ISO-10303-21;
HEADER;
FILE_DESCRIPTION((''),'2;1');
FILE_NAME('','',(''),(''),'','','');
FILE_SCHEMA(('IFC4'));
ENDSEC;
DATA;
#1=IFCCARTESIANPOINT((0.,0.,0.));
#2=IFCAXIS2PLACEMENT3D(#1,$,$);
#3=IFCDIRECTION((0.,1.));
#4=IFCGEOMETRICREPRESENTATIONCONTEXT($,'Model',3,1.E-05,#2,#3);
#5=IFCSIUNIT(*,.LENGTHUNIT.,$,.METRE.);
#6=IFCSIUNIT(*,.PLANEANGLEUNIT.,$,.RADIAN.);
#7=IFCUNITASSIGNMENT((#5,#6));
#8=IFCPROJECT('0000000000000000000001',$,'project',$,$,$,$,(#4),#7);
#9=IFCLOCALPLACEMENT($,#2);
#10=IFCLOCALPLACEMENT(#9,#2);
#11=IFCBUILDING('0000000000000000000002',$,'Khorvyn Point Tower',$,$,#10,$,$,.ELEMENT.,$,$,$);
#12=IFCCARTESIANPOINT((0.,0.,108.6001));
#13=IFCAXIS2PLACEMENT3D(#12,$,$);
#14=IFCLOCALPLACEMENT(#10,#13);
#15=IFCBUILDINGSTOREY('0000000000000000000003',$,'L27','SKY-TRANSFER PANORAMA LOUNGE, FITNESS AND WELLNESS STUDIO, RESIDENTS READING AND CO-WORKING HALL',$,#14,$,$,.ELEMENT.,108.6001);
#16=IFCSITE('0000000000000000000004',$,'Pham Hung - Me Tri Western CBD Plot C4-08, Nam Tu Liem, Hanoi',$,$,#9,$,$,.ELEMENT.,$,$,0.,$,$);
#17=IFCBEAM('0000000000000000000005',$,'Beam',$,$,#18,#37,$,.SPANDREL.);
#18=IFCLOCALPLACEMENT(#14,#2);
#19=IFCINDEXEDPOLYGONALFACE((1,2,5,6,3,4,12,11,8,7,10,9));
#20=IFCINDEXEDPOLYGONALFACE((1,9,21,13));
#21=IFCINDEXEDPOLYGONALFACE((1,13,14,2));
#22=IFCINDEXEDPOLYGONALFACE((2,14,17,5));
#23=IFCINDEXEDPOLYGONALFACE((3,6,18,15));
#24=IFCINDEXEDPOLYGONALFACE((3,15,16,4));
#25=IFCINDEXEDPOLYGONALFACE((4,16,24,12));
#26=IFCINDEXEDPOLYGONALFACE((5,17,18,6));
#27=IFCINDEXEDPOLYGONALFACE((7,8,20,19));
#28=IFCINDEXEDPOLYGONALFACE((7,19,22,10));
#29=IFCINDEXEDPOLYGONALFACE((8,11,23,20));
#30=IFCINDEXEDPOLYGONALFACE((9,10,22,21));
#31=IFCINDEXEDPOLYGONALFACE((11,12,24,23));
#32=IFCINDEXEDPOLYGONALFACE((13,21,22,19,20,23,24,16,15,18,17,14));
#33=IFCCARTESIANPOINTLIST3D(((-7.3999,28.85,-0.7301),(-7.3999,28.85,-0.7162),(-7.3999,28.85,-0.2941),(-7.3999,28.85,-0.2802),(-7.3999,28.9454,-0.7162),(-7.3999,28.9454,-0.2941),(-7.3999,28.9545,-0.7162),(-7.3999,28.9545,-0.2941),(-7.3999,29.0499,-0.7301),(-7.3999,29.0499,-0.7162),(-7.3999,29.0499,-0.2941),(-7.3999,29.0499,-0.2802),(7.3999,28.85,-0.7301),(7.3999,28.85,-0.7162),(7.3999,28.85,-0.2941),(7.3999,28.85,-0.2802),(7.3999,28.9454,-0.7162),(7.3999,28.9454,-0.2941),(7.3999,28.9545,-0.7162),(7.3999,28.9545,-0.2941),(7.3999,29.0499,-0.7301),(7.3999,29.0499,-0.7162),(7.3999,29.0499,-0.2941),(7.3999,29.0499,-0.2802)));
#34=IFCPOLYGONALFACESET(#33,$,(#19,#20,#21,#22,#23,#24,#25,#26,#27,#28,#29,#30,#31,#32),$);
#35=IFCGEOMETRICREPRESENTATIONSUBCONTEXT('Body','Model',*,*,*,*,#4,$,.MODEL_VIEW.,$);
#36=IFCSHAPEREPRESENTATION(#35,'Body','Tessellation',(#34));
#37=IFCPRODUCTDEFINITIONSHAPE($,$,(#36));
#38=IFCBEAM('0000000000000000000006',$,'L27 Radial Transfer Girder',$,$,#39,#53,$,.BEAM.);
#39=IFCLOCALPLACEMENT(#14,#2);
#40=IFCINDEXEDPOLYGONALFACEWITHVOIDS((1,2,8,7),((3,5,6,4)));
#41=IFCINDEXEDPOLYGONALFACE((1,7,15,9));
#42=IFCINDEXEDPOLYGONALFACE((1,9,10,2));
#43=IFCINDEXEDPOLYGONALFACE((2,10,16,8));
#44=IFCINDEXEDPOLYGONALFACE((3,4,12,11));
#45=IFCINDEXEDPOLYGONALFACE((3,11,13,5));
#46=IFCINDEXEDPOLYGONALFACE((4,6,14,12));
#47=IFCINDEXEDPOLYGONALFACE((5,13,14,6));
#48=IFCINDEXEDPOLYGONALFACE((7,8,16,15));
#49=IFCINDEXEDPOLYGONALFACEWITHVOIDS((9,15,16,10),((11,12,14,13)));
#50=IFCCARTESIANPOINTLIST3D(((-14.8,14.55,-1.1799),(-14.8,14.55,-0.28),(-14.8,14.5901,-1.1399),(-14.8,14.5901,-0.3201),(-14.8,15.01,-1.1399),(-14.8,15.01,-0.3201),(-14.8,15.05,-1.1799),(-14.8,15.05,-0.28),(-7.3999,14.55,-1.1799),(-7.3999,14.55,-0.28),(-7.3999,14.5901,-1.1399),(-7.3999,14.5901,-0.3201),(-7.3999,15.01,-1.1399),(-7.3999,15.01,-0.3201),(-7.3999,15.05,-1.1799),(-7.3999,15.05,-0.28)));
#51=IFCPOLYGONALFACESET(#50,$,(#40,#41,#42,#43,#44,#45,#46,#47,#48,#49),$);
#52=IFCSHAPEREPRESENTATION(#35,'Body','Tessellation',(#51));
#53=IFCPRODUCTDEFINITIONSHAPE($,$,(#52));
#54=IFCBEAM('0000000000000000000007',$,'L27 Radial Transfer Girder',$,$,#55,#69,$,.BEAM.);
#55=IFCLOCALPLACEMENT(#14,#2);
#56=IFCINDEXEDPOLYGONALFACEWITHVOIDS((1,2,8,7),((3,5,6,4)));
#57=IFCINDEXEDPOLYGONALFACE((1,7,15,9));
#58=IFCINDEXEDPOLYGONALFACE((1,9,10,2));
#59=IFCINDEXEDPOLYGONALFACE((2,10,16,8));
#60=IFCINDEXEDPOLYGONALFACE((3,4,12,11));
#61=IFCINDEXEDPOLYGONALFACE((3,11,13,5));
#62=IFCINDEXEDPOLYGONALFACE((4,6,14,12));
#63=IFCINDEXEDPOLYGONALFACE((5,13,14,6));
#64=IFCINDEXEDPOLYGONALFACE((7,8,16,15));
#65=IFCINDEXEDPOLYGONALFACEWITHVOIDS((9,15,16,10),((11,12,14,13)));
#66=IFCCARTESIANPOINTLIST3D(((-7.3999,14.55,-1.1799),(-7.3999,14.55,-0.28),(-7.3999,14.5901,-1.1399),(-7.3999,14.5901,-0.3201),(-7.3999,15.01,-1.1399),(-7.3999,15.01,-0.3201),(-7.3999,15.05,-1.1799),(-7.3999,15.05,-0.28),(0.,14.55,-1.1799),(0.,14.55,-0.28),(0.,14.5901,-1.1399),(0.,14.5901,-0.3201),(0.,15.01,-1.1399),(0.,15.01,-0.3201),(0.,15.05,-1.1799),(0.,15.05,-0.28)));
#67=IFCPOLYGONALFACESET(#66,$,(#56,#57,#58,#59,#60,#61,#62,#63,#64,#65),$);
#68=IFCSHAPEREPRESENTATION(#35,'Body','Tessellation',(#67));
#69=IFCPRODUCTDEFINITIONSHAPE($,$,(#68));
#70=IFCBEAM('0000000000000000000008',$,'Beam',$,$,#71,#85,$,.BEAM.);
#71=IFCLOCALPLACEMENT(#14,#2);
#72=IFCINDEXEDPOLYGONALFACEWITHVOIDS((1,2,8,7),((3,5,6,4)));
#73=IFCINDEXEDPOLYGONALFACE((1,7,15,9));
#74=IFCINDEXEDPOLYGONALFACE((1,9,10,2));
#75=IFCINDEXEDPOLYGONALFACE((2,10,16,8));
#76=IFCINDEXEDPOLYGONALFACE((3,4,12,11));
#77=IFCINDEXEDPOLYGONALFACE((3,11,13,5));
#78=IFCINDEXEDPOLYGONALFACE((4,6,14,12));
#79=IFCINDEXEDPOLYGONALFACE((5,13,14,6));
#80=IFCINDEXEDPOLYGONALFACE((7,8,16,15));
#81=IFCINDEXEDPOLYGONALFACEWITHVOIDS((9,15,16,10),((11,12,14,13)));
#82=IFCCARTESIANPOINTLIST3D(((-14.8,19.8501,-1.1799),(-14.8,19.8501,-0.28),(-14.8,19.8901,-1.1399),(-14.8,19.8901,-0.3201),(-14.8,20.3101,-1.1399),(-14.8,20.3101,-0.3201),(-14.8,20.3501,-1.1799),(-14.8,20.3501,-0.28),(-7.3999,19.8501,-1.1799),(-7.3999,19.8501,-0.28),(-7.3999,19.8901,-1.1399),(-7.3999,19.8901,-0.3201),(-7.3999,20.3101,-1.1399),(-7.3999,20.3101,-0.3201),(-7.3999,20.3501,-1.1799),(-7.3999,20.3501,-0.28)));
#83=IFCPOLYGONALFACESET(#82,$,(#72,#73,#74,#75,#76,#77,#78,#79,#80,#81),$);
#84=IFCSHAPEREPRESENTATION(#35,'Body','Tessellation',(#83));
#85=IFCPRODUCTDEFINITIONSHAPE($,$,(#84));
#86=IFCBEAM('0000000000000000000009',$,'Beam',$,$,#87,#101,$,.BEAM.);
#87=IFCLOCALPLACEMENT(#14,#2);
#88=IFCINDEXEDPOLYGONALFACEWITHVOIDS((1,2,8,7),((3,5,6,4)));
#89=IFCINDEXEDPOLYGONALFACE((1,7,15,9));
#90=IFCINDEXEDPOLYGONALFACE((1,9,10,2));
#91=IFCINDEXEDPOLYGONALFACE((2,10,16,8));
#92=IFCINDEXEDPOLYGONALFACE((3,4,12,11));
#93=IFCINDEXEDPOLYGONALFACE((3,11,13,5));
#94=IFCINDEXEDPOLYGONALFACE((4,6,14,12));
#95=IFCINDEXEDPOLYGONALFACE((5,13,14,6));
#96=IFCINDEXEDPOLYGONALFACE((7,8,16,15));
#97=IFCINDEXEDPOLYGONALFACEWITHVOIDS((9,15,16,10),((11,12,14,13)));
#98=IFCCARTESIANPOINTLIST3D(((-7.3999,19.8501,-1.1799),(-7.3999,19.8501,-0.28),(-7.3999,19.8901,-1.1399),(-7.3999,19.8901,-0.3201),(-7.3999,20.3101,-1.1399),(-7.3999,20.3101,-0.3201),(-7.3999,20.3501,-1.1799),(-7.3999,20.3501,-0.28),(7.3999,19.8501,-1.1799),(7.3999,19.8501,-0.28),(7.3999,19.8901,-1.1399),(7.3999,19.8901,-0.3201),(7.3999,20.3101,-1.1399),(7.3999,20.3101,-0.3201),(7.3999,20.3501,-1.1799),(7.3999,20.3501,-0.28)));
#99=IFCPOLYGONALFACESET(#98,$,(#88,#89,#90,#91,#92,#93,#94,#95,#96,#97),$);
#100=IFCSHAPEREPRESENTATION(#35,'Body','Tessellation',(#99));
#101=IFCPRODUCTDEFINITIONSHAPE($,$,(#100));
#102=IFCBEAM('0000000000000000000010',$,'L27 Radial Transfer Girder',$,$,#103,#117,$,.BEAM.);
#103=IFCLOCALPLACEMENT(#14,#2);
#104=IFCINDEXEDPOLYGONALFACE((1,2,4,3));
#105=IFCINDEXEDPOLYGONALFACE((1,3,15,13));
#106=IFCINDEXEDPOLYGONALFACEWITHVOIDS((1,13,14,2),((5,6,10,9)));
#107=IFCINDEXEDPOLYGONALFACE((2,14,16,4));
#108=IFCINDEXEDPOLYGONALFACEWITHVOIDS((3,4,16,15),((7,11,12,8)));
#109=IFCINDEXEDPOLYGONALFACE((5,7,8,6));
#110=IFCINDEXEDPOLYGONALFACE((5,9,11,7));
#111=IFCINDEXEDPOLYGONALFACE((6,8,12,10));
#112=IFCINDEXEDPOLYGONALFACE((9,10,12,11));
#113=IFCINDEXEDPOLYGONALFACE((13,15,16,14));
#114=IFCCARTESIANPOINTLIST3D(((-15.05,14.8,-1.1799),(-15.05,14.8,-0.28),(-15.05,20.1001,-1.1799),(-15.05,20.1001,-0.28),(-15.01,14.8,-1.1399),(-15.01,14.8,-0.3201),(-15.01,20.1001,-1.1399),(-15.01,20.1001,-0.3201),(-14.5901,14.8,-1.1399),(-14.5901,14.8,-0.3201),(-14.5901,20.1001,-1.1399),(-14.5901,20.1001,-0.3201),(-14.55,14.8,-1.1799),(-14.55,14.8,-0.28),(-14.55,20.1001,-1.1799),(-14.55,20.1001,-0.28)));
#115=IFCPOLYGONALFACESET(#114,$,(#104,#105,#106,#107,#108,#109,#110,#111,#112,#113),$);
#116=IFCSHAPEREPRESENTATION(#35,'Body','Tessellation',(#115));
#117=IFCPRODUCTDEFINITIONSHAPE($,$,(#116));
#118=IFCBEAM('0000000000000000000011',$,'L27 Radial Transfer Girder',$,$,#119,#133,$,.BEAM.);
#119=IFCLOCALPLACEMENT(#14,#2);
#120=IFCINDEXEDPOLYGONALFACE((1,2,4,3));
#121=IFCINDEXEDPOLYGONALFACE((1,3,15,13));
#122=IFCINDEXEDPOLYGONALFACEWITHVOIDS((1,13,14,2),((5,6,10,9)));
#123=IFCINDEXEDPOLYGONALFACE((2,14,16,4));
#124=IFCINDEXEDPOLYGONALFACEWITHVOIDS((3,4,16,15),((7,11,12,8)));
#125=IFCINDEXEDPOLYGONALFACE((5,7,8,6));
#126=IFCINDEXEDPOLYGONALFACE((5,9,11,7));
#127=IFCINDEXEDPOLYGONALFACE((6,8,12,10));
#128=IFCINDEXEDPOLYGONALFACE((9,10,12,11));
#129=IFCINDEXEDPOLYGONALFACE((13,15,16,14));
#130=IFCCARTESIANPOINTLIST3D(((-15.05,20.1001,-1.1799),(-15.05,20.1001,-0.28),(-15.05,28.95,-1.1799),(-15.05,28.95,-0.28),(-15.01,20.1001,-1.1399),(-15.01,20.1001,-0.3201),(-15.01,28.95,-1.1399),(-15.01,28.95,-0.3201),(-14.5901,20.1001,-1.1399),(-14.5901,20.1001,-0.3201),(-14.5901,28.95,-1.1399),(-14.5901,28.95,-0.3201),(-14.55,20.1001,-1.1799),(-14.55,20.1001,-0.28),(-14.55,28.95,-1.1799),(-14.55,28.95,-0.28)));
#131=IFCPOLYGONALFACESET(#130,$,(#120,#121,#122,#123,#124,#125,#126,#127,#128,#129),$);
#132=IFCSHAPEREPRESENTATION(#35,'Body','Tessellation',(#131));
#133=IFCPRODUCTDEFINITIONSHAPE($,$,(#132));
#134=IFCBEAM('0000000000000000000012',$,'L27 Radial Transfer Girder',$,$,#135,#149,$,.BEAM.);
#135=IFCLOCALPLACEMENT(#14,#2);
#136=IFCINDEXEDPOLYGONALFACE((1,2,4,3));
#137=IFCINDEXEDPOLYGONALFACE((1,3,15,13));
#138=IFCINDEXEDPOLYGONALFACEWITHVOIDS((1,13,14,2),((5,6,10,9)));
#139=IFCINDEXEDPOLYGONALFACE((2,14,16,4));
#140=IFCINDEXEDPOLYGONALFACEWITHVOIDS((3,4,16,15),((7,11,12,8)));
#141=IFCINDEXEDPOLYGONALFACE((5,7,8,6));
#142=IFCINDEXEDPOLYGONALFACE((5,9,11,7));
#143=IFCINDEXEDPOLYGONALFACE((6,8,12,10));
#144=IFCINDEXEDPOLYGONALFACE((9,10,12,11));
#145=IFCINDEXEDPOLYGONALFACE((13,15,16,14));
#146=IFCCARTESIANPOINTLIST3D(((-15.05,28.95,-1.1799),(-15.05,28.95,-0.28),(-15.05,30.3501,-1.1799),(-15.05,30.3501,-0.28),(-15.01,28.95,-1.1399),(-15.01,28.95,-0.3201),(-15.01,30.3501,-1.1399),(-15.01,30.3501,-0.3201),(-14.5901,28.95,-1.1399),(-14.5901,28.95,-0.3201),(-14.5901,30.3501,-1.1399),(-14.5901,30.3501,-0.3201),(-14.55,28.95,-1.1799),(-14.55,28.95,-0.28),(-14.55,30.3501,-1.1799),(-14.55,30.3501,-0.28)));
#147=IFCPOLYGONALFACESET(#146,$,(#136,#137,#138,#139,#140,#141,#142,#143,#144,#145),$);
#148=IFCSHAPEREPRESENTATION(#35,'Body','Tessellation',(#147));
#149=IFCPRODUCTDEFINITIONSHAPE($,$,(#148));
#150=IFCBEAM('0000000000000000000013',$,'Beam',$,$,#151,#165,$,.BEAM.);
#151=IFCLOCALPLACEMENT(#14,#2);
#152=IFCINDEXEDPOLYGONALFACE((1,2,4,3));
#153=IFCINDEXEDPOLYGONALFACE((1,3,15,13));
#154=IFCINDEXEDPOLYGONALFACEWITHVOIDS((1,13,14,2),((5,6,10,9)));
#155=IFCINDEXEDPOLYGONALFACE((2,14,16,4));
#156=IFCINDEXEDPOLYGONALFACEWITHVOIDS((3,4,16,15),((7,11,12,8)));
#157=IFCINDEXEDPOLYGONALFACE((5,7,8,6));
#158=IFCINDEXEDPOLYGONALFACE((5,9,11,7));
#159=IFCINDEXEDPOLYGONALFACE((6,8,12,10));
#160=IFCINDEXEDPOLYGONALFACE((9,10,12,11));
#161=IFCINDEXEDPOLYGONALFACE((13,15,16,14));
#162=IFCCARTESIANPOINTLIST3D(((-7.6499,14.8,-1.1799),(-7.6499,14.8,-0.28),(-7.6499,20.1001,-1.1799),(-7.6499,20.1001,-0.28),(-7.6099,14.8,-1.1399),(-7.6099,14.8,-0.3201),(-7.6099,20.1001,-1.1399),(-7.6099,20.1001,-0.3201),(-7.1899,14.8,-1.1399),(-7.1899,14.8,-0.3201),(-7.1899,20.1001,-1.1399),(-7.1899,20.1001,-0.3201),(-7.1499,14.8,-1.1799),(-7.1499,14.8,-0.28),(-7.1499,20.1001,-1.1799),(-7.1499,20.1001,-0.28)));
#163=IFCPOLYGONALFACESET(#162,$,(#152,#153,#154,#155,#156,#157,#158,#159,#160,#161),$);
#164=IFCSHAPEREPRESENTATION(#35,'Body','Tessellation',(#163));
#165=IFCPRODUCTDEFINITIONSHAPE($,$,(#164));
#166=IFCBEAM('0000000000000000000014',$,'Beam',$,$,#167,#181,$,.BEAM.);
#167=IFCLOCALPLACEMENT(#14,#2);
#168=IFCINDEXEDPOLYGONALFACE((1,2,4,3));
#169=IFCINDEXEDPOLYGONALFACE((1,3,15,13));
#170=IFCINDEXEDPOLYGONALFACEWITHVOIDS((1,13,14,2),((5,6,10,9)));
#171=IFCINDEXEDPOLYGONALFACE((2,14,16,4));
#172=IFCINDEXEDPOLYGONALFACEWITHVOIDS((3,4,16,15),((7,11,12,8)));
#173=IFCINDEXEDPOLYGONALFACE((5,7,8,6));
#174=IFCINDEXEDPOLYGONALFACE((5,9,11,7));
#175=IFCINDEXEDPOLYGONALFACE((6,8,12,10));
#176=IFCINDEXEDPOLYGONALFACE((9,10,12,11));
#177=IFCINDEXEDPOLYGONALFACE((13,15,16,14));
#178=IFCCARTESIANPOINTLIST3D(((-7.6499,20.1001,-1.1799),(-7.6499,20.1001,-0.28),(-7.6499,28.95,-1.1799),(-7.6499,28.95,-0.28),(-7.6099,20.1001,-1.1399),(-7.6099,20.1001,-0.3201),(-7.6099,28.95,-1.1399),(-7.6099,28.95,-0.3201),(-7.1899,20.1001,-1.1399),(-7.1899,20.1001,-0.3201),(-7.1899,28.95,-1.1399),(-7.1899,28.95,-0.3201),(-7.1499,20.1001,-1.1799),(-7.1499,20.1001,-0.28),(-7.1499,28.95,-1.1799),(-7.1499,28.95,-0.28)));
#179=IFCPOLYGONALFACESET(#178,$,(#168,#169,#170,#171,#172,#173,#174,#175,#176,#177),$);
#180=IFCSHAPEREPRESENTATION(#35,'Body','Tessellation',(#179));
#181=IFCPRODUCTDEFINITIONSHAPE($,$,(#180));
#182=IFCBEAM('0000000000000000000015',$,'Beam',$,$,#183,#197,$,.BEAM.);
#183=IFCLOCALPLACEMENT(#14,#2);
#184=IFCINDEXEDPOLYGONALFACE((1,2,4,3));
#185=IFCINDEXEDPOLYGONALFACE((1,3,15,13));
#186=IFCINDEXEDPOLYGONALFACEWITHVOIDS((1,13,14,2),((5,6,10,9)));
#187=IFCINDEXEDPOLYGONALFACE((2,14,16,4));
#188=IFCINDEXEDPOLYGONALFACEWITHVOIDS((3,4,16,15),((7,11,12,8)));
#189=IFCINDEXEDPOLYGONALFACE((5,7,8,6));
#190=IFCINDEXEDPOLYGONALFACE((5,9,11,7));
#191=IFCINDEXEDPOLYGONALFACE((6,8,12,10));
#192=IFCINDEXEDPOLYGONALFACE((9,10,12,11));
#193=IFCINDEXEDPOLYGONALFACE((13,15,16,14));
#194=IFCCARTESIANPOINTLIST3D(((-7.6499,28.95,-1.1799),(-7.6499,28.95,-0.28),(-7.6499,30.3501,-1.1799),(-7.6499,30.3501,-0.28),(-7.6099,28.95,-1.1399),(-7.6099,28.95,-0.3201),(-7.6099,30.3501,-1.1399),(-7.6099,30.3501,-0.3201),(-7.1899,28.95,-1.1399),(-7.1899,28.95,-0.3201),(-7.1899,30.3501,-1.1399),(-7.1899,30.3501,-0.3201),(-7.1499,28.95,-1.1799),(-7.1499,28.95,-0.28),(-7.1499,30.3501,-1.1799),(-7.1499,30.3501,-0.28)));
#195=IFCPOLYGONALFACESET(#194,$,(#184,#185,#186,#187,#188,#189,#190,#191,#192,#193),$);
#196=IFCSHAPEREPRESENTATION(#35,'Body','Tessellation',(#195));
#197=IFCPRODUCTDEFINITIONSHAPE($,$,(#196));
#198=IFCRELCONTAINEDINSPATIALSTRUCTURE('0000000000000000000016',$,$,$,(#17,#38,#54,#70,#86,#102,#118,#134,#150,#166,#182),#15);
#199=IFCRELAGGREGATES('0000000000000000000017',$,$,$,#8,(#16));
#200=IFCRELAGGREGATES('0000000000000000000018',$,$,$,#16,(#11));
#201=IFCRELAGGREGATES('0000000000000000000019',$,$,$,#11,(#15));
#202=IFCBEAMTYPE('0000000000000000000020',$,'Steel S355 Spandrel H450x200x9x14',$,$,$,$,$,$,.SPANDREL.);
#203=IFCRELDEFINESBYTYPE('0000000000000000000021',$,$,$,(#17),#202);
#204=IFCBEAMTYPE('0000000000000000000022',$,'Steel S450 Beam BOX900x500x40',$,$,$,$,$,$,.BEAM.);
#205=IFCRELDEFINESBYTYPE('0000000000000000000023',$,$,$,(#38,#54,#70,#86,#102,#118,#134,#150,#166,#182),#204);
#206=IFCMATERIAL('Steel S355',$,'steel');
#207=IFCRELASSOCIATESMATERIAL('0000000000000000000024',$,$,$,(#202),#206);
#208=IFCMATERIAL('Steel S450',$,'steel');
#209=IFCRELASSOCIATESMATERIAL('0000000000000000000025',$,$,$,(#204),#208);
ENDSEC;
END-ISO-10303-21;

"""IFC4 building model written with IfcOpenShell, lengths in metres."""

from ifc_helpers import new_model, si_unit, direction, frame, origin, origin_2d, place, context, subcontext, project, spatial, hollow_rectangle, i_section, extrude, material, material_profile, profile_set, type_object, element, save


model = new_model("IFC4")

# Units and contexts
model_context = context("Model", 3, precision=1e-05, world=origin(), true_north=direction((0.0, 1.0)))
body_context = subcontext(model_context, "Body", "Model", "MODEL_VIEW")
ifc_project = project(units=[si_unit("LENGTHUNIT", "METRE"), si_unit("PLANEANGLEUNIT", "RADIAN")], contexts=[model_context])

# Site, building, storey
site_placement = place(None, origin())
site = spatial("IfcSite", under=ifc_project, at=site_placement, Name="Pham Hung - Me Tri Western CBD Plot C4-08, Nam Tu Liem, Hanoi", CompositionType="ELEMENT", RefElevation=0.0)
building_placement = place(site_placement, origin())
building = spatial("IfcBuilding", under=site, at=building_placement, Name="Khorvyn Point Tower", CompositionType="ELEMENT")
storey_placement = place(building_placement, frame((0.0, 0.0, 108.6001)))
storey = spatial("IfcBuildingStorey", under=building, at=storey_placement, Name="L27", Description="SKY-TRANSFER PANORAMA LOUNGE, FITNESS AND WELLNESS STUDIO, RESIDENTS READING AND CO-WORKING HALL", CompositionType="ELEMENT", Elevation=108.6001)

# Shared definitions
ifc_material_1 = material(Name="Steel S450", Category="steel")

# Beams
ifc_material_2 = material(Name="Steel S355", Category="steel")
ifc_material_profile_1 = material_profile(ifc_material_2, i_section(OverallWidth=0.2, OverallDepth=0.45, WebThickness=0.009, FlangeThickness=0.0139, at=origin_2d()))
ifc_profile_set_1 = profile_set([ifc_material_profile_1], Name="Steel S355 H450x200x9x14")
beam_type_1 = type_object("IfcBeamType", Name="Steel S355 Spandrel H450x200x9x14", PredefinedType="SPANDREL", material=ifc_profile_set_1)
beam_1_placement = place(storey_placement, frame((-7.3999, 28.95, -0.5051), z_axis=(1.0, 0.0, 0.0), x_axis=(0.0, 1.0, 0.0)))
element("IfcBeam", 1, at=beam_1_placement, inside=storey, type_object=beam_type_1, Name="Beam", PredefinedType="SPANDREL", context=body_context, shape_type="SweptSolid", body=[
    extrude(i_section(OverallWidth=0.2, OverallDepth=0.45, WebThickness=0.009, FlangeThickness=0.0139, at=origin_2d()), origin(), (0.0, 0.0, 1.0), 14.7998),
])
ifc_material_profile_2 = material_profile(ifc_material_1, hollow_rectangle(XDim=0.5, YDim=0.8999, WallThickness=0.04, at=origin_2d()))
ifc_profile_set_2 = profile_set([ifc_material_profile_2], Name="Steel S450 BOX900x500x40")
beam_type_2 = type_object("IfcBeamType", Name="Steel S450 Beam BOX900x500x40", PredefinedType="BEAM", material=ifc_profile_set_2)
beam_2_placement = place(storey_placement, frame((-14.8, 14.8, -0.73), z_axis=(1.0, 0.0, 0.0), x_axis=(0.0, 1.0, 0.0)))
element("IfcBeam", 2, at=beam_2_placement, inside=storey, type_object=beam_type_2, Name="L27 Radial Transfer Girder", PredefinedType="BEAM", context=body_context, shape_type="SweptSolid", body=[
    extrude(hollow_rectangle(XDim=0.5, YDim=0.8999, WallThickness=0.04, at=origin_2d()), origin(), (0.0, 0.0, 1.0), 7.4001),
])
beam_3_placement = place(storey_placement, frame((-7.3999, 14.8, -0.73), z_axis=(1.0, 0.0, 0.0), x_axis=(0.0, 1.0, 0.0)))
element("IfcBeam", 3, at=beam_3_placement, inside=storey, type_object=beam_type_2, Name="L27 Radial Transfer Girder", PredefinedType="BEAM", context=body_context, shape_type="SweptSolid", body=[
    extrude(hollow_rectangle(XDim=0.5, YDim=0.8999, WallThickness=0.04, at=origin_2d()), origin(), (0.0, 0.0, 1.0), 7.3999),
])
beam_4_placement = place(storey_placement, frame((-14.8, 20.1001, -0.73), z_axis=(1.0, 0.0, 0.0), x_axis=(0.0, 1.0, 0.0)))
element("IfcBeam", 4, at=beam_4_placement, inside=storey, type_object=beam_type_2, Name="Beam", PredefinedType="BEAM", context=body_context, shape_type="SweptSolid", body=[
    extrude(hollow_rectangle(XDim=0.5, YDim=0.8999, WallThickness=0.04, at=origin_2d()), origin(), (0.0, 0.0, 1.0), 7.4001),
])
beam_5_placement = place(storey_placement, frame((-7.3999, 20.1001, -0.73), z_axis=(1.0, 0.0, 0.0), x_axis=(0.0, 1.0, 0.0)))
element("IfcBeam", 5, at=beam_5_placement, inside=storey, type_object=beam_type_2, Name="Beam", PredefinedType="BEAM", context=body_context, shape_type="SweptSolid", body=[
    extrude(hollow_rectangle(XDim=0.5, YDim=0.8999, WallThickness=0.04, at=origin_2d()), origin(), (0.0, 0.0, 1.0), 14.7998),
])
beam_6_placement = place(storey_placement, frame((-14.8, 14.8, -0.73), z_axis=(0.0, 1.0, 0.0), x_axis=(-1.0, 0.0, 0.0)))
element("IfcBeam", 6, at=beam_6_placement, inside=storey, type_object=beam_type_2, Name="L27 Radial Transfer Girder", PredefinedType="BEAM", context=body_context, shape_type="SweptSolid", body=[
    extrude(hollow_rectangle(XDim=0.5, YDim=0.8999, WallThickness=0.04, at=origin_2d()), origin(), (0.0, 0.0, 1.0), 5.3),
])
beam_7_placement = place(storey_placement, frame((-14.8, 20.1001, -0.73), z_axis=(0.0, 1.0, 0.0), x_axis=(-1.0, 0.0, 0.0)))
element("IfcBeam", 7, at=beam_7_placement, inside=storey, type_object=beam_type_2, Name="L27 Radial Transfer Girder", PredefinedType="BEAM", context=body_context, shape_type="SweptSolid", body=[
    extrude(hollow_rectangle(XDim=0.5, YDim=0.8999, WallThickness=0.04, at=origin_2d()), origin(), (0.0, 0.0, 1.0), 8.8499),
])
beam_8_placement = place(storey_placement, frame((-14.8, 28.95, -0.73), z_axis=(0.0, 1.0, 0.0), x_axis=(-1.0, 0.0, 0.0)))
element("IfcBeam", 8, at=beam_8_placement, inside=storey, type_object=beam_type_2, Name="L27 Radial Transfer Girder", PredefinedType="BEAM", context=body_context, shape_type="SweptSolid", body=[
    extrude(hollow_rectangle(XDim=0.5, YDim=0.8999, WallThickness=0.04, at=origin_2d()), origin(), (0.0, 0.0, 1.0), 1.4001),
])
beam_9_placement = place(storey_placement, frame((-7.3999, 14.8, -0.73), z_axis=(0.0, 1.0, 0.0), x_axis=(-1.0, 0.0, 0.0)))
element("IfcBeam", 9, at=beam_9_placement, inside=storey, type_object=beam_type_2, Name="Beam", PredefinedType="BEAM", context=body_context, shape_type="SweptSolid", body=[
    extrude(hollow_rectangle(XDim=0.5, YDim=0.8999, WallThickness=0.04, at=origin_2d()), origin(), (0.0, 0.0, 1.0), 5.3),
])
beam_10_placement = place(storey_placement, frame((-7.3999, 20.1001, -0.73), z_axis=(0.0, 1.0, 0.0), x_axis=(-1.0, 0.0, 0.0)))
element("IfcBeam", 10, at=beam_10_placement, inside=storey, type_object=beam_type_2, Name="Beam", PredefinedType="BEAM", context=body_context, shape_type="SweptSolid", body=[
    extrude(hollow_rectangle(XDim=0.5, YDim=0.8999, WallThickness=0.04, at=origin_2d()), origin(), (0.0, 0.0, 1.0), 8.8499),
])
beam_11_placement = place(storey_placement, frame((-7.3999, 28.95, -0.73), z_axis=(0.0, 1.0, 0.0), x_axis=(-1.0, 0.0, 0.0)))
element("IfcBeam", 11, at=beam_11_placement, inside=storey, type_object=beam_type_2, Name="Beam", PredefinedType="BEAM", context=body_context, shape_type="SweptSolid", body=[
    extrude(hollow_rectangle(XDim=0.5, YDim=0.8999, WallThickness=0.04, at=origin_2d()), origin(), (0.0, 0.0, 1.0), 1.4001),
])

save(model, "model.ifc")
